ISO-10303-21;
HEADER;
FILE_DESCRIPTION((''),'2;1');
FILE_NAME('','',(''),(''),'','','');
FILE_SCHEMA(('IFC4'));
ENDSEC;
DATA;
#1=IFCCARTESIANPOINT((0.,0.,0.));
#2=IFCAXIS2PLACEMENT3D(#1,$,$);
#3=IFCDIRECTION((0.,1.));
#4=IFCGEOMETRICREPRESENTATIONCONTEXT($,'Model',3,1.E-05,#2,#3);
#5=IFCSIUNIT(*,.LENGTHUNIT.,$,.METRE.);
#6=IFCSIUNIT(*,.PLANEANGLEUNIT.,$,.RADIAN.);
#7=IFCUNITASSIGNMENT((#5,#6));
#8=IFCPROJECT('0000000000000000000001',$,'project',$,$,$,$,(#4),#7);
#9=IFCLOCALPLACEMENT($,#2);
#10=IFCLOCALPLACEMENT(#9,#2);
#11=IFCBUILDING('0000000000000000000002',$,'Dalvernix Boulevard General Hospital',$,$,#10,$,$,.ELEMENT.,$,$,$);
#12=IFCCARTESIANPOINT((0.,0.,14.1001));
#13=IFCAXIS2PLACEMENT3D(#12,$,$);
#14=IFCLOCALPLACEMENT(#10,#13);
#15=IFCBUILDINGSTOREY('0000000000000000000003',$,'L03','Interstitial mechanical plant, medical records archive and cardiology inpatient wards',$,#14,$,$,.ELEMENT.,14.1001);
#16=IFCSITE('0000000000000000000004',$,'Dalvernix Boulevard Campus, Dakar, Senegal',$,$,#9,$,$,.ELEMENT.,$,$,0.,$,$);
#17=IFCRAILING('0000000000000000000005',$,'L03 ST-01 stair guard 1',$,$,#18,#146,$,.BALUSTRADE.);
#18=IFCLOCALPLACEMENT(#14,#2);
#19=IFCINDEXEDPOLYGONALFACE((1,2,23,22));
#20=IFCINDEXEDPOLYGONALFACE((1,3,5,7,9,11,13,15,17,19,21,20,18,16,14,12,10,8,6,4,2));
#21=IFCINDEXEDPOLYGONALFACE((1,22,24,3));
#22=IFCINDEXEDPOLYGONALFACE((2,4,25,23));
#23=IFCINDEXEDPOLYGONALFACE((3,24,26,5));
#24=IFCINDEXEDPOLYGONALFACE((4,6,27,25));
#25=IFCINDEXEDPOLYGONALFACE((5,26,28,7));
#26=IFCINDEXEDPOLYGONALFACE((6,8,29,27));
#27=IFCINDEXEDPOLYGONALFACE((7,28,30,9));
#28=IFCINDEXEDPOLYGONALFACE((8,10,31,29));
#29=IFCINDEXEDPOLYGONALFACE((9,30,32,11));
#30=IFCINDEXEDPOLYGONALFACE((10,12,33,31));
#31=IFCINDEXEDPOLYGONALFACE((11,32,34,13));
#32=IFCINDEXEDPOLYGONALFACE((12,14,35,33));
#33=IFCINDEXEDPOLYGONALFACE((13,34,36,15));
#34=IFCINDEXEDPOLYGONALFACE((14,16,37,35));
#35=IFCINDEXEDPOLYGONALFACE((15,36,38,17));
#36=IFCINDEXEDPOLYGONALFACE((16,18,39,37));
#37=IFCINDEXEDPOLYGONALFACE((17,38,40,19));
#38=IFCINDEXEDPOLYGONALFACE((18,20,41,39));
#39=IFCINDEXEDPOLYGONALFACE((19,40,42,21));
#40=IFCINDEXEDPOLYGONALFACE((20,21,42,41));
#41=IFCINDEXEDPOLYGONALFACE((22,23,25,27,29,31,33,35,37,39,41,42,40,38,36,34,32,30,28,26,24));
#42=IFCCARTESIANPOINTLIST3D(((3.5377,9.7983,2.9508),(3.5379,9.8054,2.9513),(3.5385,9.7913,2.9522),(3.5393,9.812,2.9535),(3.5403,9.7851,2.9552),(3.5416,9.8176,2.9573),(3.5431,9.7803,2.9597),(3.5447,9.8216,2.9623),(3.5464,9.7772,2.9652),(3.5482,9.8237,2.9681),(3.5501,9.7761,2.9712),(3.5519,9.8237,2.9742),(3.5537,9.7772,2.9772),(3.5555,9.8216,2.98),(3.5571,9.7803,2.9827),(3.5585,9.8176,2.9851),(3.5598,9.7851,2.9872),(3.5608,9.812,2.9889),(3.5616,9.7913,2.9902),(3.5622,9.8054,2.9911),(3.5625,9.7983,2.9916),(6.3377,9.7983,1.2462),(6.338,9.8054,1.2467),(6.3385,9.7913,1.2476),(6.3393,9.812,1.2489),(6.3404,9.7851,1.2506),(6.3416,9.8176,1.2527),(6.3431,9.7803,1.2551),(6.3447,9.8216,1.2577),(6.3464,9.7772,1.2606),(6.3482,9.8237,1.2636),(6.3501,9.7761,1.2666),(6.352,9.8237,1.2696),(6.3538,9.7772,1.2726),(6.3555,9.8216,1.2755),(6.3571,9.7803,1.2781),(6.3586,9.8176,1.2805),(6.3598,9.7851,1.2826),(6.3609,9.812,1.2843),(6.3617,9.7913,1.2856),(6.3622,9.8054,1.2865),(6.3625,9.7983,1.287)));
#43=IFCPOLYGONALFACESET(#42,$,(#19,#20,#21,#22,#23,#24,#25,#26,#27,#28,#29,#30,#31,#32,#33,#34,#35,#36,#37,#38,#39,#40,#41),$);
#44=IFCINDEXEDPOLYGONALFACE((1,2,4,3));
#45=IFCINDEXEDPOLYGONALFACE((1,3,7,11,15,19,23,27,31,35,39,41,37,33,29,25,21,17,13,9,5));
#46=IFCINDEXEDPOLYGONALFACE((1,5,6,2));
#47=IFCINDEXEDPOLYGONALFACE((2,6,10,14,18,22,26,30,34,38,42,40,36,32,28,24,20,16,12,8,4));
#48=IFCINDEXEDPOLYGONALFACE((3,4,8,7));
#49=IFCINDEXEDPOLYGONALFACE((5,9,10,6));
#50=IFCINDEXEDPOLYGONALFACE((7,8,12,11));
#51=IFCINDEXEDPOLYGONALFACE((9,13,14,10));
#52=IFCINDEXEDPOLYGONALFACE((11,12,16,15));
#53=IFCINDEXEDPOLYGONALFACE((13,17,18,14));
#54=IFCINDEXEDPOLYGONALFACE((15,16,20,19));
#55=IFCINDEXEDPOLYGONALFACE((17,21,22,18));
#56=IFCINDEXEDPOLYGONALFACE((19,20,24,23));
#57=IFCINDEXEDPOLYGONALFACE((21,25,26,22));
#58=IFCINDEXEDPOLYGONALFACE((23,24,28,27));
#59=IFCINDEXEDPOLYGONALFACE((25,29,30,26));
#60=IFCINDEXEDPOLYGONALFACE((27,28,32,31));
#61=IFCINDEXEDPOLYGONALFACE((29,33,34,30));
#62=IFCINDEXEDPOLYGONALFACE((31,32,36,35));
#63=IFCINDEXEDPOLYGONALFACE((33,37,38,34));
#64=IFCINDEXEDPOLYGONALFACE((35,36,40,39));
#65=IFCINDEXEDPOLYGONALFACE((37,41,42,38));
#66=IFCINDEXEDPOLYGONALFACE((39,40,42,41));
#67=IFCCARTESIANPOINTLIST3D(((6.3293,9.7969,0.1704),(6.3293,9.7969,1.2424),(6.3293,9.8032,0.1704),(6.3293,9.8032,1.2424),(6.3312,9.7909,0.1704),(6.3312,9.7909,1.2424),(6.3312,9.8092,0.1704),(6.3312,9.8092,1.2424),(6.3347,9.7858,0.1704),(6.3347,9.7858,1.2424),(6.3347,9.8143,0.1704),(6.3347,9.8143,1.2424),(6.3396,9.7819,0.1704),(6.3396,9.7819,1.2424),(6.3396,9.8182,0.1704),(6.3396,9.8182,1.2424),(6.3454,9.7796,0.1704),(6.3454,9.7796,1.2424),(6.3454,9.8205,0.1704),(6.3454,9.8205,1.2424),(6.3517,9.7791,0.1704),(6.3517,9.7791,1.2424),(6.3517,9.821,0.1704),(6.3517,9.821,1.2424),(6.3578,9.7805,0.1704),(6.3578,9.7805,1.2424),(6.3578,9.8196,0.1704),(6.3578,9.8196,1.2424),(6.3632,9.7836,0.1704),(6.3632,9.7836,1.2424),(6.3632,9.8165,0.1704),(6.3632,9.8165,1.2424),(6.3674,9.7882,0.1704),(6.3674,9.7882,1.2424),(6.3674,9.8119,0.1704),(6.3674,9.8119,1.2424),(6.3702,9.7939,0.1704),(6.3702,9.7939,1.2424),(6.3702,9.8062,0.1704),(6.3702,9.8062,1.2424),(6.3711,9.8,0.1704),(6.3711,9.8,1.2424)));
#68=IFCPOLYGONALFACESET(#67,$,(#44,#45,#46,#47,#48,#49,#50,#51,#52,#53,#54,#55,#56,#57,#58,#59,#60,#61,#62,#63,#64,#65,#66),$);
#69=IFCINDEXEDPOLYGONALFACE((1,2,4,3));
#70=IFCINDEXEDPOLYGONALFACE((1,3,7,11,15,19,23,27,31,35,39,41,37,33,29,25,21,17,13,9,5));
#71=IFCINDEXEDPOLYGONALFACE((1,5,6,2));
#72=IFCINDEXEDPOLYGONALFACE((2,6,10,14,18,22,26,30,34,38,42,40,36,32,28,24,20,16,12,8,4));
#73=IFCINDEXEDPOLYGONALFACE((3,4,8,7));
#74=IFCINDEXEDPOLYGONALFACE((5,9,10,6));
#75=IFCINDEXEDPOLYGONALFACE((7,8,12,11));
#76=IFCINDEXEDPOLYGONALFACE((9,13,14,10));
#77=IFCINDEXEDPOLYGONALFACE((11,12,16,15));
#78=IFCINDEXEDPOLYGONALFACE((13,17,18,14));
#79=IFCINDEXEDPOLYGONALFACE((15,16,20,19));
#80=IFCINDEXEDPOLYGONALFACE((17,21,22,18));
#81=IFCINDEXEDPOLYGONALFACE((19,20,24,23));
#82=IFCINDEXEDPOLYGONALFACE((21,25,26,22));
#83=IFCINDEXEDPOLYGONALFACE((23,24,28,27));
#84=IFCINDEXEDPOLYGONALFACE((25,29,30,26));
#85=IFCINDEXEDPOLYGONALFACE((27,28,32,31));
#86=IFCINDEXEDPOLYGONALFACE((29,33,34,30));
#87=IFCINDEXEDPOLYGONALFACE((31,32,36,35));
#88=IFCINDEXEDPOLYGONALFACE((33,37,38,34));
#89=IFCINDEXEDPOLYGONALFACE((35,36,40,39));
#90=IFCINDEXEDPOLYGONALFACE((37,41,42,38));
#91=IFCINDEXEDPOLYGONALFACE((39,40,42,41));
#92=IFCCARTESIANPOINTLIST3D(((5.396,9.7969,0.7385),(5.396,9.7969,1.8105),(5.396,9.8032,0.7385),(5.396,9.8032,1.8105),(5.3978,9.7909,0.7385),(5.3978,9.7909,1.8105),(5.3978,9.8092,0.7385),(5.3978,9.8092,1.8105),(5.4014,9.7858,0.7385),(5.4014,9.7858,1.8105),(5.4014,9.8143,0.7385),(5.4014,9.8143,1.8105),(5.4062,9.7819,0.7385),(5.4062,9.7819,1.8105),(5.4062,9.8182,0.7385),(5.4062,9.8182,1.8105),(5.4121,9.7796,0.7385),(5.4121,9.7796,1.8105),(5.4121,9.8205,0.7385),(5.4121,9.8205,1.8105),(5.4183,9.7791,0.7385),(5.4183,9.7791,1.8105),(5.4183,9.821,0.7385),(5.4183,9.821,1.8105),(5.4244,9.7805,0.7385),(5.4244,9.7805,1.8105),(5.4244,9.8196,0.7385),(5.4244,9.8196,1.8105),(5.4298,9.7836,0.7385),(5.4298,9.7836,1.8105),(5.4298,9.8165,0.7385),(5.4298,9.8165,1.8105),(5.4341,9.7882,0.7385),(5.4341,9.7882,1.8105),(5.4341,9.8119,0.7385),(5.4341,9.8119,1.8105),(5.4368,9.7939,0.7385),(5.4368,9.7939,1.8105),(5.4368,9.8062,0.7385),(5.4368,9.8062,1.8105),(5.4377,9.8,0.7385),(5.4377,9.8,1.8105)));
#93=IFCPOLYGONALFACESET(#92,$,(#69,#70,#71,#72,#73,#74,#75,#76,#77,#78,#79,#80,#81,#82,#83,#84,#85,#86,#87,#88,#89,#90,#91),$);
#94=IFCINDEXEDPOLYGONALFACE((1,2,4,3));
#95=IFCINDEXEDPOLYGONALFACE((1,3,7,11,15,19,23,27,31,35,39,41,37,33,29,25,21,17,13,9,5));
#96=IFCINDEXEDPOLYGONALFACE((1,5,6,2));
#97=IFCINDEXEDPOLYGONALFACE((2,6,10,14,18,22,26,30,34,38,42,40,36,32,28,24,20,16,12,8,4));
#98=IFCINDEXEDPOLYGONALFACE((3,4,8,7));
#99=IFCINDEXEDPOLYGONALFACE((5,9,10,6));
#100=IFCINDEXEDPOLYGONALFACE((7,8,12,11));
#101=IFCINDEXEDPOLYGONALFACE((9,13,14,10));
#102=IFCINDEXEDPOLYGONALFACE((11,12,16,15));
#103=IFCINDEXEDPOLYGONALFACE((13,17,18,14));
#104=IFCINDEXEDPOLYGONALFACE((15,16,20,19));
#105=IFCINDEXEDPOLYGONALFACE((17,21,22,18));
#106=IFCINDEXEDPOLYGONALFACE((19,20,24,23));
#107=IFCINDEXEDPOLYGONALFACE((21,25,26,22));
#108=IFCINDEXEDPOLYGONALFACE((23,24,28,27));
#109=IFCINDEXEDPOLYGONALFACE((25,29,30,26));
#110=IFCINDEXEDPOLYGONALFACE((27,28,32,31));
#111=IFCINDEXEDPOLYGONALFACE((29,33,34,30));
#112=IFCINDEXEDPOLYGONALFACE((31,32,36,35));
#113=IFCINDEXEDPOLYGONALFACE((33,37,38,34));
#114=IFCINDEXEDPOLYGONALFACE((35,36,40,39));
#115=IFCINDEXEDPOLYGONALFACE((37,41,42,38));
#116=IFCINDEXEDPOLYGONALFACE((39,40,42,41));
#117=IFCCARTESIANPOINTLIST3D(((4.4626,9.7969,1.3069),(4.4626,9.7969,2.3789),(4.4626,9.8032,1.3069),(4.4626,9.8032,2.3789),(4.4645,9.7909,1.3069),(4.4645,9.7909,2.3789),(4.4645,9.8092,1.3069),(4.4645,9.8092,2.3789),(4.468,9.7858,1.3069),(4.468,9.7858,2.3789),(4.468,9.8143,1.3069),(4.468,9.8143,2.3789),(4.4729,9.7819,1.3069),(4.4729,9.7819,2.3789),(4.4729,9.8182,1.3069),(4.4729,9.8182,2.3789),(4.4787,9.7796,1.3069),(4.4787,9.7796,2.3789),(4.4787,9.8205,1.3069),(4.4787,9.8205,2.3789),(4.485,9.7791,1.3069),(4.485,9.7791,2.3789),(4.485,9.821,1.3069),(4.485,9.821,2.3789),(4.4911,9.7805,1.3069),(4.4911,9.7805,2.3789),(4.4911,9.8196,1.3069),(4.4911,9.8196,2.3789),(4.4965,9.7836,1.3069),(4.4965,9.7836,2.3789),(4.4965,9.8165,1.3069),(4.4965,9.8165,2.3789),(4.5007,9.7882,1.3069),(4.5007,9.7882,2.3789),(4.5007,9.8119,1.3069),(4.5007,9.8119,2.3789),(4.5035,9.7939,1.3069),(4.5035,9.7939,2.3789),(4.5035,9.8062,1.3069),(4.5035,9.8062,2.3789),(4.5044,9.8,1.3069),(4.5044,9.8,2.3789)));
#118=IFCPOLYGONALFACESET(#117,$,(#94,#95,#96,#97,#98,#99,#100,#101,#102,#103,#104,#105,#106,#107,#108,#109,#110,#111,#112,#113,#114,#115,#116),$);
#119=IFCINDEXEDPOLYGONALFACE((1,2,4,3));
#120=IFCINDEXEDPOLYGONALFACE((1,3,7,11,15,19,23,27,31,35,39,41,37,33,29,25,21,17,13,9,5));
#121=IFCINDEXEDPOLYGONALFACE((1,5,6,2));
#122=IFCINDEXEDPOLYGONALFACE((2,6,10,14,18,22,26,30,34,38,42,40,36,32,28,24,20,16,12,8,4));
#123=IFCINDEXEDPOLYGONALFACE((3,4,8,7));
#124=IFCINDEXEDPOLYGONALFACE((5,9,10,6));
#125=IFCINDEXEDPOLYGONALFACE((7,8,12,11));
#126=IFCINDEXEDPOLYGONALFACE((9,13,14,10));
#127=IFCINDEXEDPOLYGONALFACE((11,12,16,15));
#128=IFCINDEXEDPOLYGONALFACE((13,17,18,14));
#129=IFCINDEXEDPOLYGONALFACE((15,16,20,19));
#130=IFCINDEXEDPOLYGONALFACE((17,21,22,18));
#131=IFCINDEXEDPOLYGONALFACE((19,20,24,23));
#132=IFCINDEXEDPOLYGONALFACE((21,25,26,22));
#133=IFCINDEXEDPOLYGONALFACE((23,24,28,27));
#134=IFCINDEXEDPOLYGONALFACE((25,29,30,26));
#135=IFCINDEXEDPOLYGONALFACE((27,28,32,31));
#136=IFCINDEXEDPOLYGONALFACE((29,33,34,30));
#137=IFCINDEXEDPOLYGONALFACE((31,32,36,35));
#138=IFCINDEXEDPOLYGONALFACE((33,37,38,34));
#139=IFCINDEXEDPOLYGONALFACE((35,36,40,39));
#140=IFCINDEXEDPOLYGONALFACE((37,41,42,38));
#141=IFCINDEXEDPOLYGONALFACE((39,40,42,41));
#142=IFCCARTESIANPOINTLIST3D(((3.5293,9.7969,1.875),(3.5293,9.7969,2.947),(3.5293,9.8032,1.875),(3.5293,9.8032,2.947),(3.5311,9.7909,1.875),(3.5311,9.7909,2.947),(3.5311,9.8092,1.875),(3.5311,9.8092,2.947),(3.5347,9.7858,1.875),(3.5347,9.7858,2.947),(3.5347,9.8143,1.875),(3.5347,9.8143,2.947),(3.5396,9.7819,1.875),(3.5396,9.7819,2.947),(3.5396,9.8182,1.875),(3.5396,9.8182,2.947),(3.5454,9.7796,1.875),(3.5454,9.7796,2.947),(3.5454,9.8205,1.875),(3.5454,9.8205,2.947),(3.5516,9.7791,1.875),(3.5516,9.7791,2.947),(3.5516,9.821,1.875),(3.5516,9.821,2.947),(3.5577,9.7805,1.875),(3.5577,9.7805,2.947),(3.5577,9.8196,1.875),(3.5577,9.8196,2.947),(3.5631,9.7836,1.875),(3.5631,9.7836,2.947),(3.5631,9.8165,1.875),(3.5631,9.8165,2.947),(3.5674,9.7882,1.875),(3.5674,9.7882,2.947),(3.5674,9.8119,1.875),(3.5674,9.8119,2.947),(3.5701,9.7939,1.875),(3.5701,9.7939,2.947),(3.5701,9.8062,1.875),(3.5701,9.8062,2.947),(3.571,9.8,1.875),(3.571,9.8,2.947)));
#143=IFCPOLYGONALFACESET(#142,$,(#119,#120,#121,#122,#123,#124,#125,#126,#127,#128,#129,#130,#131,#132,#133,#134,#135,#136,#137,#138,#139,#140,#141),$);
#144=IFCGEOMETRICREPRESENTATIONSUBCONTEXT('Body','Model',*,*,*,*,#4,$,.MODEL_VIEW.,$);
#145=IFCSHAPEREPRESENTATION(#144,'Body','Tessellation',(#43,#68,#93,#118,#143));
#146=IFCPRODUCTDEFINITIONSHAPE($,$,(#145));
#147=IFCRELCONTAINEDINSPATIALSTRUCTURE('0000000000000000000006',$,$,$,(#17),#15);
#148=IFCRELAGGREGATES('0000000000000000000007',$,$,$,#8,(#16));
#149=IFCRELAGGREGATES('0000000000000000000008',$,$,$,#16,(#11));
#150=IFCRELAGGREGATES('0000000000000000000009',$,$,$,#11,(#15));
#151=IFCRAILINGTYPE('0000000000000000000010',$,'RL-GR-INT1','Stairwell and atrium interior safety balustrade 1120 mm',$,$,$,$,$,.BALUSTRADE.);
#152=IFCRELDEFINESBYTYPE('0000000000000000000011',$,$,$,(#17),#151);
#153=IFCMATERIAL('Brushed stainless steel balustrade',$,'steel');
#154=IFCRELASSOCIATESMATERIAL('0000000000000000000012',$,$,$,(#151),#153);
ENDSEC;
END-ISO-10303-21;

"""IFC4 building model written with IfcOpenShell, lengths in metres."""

from ifc_helpers import new_model, si_unit, direction, frame, origin, origin_2d, place, context, subcontext, project, spatial, circle, extrude, material, type_object, element, save


model = new_model("IFC4")

# Units and contexts
model_context = context("Model", 3, precision=1e-05, world=origin(), true_north=direction((0.0, 1.0)))
body_context = subcontext(model_context, "Body", "Model", "MODEL_VIEW")
ifc_project = project(units=[si_unit("LENGTHUNIT", "METRE"), si_unit("PLANEANGLEUNIT", "RADIAN")], contexts=[model_context])

# Site, building, storey
site_placement = place(None, origin())
site = spatial("IfcSite", under=ifc_project, at=site_placement, Name="Dalvernix Boulevard Campus, Dakar, Senegal", CompositionType="ELEMENT", RefElevation=0.0)
building_placement = place(site_placement, origin())
building = spatial("IfcBuilding", under=site, at=building_placement, Name="Dalvernix Boulevard General Hospital", CompositionType="ELEMENT")
storey_placement = place(building_placement, frame((0.0, 0.0, 14.1001)))
storey = spatial("IfcBuildingStorey", under=building, at=storey_placement, Name="L03", Description="Interstitial mechanical plant, medical records archive and cardiology inpatient wards", CompositionType="ELEMENT", Elevation=14.1001)

# Railing
ifc_material_1 = material(Name="Brushed stainless steel balustrade", Category="steel")
railing_type_1 = type_object("IfcRailingType", Name="RL-GR-INT1", Description="Stairwell and atrium interior safety balustrade 1120 mm", PredefinedType="BALUSTRADE", material=ifc_material_1)
railing_1_placement = place(storey_placement, frame((6.3501, 9.8, 0.1704)))
element("IfcRailing", 1, at=railing_1_placement, inside=storey, type_object=railing_type_1, Name="L03 ST-01 stair guard 1", PredefinedType="BALUSTRADE", context=body_context, shape_type="SweptSolid", body=[
    extrude(circle(Radius=0.0239, at=origin_2d()), frame((0.0, 0.0, 1.0962), z_axis=(-0.85417, 0.0, 0.519994), x_axis=(0.0, -1.0, 0.0)), (0.0, 0.0, 1.0), 3.2781),
    extrude(circle(Radius=0.021, at=origin_2d()), origin(), (0.0, 0.0, 1.0), 1.072),
    extrude(circle(Radius=0.021, at=origin_2d()), frame((-0.9333, 0.0, 0.5681)), (0.0, 0.0, 1.0), 1.072),
    extrude(circle(Radius=0.021, at=origin_2d()), frame((-1.8667, 0.0, 1.1365)), (0.0, 0.0, 1.0), 1.072),
    extrude(circle(Radius=0.021, at=origin_2d()), frame((-2.8, 0.0, 1.7046)), (0.0, 0.0, 1.0), 1.072),
])

save(model, "model.ifc")
